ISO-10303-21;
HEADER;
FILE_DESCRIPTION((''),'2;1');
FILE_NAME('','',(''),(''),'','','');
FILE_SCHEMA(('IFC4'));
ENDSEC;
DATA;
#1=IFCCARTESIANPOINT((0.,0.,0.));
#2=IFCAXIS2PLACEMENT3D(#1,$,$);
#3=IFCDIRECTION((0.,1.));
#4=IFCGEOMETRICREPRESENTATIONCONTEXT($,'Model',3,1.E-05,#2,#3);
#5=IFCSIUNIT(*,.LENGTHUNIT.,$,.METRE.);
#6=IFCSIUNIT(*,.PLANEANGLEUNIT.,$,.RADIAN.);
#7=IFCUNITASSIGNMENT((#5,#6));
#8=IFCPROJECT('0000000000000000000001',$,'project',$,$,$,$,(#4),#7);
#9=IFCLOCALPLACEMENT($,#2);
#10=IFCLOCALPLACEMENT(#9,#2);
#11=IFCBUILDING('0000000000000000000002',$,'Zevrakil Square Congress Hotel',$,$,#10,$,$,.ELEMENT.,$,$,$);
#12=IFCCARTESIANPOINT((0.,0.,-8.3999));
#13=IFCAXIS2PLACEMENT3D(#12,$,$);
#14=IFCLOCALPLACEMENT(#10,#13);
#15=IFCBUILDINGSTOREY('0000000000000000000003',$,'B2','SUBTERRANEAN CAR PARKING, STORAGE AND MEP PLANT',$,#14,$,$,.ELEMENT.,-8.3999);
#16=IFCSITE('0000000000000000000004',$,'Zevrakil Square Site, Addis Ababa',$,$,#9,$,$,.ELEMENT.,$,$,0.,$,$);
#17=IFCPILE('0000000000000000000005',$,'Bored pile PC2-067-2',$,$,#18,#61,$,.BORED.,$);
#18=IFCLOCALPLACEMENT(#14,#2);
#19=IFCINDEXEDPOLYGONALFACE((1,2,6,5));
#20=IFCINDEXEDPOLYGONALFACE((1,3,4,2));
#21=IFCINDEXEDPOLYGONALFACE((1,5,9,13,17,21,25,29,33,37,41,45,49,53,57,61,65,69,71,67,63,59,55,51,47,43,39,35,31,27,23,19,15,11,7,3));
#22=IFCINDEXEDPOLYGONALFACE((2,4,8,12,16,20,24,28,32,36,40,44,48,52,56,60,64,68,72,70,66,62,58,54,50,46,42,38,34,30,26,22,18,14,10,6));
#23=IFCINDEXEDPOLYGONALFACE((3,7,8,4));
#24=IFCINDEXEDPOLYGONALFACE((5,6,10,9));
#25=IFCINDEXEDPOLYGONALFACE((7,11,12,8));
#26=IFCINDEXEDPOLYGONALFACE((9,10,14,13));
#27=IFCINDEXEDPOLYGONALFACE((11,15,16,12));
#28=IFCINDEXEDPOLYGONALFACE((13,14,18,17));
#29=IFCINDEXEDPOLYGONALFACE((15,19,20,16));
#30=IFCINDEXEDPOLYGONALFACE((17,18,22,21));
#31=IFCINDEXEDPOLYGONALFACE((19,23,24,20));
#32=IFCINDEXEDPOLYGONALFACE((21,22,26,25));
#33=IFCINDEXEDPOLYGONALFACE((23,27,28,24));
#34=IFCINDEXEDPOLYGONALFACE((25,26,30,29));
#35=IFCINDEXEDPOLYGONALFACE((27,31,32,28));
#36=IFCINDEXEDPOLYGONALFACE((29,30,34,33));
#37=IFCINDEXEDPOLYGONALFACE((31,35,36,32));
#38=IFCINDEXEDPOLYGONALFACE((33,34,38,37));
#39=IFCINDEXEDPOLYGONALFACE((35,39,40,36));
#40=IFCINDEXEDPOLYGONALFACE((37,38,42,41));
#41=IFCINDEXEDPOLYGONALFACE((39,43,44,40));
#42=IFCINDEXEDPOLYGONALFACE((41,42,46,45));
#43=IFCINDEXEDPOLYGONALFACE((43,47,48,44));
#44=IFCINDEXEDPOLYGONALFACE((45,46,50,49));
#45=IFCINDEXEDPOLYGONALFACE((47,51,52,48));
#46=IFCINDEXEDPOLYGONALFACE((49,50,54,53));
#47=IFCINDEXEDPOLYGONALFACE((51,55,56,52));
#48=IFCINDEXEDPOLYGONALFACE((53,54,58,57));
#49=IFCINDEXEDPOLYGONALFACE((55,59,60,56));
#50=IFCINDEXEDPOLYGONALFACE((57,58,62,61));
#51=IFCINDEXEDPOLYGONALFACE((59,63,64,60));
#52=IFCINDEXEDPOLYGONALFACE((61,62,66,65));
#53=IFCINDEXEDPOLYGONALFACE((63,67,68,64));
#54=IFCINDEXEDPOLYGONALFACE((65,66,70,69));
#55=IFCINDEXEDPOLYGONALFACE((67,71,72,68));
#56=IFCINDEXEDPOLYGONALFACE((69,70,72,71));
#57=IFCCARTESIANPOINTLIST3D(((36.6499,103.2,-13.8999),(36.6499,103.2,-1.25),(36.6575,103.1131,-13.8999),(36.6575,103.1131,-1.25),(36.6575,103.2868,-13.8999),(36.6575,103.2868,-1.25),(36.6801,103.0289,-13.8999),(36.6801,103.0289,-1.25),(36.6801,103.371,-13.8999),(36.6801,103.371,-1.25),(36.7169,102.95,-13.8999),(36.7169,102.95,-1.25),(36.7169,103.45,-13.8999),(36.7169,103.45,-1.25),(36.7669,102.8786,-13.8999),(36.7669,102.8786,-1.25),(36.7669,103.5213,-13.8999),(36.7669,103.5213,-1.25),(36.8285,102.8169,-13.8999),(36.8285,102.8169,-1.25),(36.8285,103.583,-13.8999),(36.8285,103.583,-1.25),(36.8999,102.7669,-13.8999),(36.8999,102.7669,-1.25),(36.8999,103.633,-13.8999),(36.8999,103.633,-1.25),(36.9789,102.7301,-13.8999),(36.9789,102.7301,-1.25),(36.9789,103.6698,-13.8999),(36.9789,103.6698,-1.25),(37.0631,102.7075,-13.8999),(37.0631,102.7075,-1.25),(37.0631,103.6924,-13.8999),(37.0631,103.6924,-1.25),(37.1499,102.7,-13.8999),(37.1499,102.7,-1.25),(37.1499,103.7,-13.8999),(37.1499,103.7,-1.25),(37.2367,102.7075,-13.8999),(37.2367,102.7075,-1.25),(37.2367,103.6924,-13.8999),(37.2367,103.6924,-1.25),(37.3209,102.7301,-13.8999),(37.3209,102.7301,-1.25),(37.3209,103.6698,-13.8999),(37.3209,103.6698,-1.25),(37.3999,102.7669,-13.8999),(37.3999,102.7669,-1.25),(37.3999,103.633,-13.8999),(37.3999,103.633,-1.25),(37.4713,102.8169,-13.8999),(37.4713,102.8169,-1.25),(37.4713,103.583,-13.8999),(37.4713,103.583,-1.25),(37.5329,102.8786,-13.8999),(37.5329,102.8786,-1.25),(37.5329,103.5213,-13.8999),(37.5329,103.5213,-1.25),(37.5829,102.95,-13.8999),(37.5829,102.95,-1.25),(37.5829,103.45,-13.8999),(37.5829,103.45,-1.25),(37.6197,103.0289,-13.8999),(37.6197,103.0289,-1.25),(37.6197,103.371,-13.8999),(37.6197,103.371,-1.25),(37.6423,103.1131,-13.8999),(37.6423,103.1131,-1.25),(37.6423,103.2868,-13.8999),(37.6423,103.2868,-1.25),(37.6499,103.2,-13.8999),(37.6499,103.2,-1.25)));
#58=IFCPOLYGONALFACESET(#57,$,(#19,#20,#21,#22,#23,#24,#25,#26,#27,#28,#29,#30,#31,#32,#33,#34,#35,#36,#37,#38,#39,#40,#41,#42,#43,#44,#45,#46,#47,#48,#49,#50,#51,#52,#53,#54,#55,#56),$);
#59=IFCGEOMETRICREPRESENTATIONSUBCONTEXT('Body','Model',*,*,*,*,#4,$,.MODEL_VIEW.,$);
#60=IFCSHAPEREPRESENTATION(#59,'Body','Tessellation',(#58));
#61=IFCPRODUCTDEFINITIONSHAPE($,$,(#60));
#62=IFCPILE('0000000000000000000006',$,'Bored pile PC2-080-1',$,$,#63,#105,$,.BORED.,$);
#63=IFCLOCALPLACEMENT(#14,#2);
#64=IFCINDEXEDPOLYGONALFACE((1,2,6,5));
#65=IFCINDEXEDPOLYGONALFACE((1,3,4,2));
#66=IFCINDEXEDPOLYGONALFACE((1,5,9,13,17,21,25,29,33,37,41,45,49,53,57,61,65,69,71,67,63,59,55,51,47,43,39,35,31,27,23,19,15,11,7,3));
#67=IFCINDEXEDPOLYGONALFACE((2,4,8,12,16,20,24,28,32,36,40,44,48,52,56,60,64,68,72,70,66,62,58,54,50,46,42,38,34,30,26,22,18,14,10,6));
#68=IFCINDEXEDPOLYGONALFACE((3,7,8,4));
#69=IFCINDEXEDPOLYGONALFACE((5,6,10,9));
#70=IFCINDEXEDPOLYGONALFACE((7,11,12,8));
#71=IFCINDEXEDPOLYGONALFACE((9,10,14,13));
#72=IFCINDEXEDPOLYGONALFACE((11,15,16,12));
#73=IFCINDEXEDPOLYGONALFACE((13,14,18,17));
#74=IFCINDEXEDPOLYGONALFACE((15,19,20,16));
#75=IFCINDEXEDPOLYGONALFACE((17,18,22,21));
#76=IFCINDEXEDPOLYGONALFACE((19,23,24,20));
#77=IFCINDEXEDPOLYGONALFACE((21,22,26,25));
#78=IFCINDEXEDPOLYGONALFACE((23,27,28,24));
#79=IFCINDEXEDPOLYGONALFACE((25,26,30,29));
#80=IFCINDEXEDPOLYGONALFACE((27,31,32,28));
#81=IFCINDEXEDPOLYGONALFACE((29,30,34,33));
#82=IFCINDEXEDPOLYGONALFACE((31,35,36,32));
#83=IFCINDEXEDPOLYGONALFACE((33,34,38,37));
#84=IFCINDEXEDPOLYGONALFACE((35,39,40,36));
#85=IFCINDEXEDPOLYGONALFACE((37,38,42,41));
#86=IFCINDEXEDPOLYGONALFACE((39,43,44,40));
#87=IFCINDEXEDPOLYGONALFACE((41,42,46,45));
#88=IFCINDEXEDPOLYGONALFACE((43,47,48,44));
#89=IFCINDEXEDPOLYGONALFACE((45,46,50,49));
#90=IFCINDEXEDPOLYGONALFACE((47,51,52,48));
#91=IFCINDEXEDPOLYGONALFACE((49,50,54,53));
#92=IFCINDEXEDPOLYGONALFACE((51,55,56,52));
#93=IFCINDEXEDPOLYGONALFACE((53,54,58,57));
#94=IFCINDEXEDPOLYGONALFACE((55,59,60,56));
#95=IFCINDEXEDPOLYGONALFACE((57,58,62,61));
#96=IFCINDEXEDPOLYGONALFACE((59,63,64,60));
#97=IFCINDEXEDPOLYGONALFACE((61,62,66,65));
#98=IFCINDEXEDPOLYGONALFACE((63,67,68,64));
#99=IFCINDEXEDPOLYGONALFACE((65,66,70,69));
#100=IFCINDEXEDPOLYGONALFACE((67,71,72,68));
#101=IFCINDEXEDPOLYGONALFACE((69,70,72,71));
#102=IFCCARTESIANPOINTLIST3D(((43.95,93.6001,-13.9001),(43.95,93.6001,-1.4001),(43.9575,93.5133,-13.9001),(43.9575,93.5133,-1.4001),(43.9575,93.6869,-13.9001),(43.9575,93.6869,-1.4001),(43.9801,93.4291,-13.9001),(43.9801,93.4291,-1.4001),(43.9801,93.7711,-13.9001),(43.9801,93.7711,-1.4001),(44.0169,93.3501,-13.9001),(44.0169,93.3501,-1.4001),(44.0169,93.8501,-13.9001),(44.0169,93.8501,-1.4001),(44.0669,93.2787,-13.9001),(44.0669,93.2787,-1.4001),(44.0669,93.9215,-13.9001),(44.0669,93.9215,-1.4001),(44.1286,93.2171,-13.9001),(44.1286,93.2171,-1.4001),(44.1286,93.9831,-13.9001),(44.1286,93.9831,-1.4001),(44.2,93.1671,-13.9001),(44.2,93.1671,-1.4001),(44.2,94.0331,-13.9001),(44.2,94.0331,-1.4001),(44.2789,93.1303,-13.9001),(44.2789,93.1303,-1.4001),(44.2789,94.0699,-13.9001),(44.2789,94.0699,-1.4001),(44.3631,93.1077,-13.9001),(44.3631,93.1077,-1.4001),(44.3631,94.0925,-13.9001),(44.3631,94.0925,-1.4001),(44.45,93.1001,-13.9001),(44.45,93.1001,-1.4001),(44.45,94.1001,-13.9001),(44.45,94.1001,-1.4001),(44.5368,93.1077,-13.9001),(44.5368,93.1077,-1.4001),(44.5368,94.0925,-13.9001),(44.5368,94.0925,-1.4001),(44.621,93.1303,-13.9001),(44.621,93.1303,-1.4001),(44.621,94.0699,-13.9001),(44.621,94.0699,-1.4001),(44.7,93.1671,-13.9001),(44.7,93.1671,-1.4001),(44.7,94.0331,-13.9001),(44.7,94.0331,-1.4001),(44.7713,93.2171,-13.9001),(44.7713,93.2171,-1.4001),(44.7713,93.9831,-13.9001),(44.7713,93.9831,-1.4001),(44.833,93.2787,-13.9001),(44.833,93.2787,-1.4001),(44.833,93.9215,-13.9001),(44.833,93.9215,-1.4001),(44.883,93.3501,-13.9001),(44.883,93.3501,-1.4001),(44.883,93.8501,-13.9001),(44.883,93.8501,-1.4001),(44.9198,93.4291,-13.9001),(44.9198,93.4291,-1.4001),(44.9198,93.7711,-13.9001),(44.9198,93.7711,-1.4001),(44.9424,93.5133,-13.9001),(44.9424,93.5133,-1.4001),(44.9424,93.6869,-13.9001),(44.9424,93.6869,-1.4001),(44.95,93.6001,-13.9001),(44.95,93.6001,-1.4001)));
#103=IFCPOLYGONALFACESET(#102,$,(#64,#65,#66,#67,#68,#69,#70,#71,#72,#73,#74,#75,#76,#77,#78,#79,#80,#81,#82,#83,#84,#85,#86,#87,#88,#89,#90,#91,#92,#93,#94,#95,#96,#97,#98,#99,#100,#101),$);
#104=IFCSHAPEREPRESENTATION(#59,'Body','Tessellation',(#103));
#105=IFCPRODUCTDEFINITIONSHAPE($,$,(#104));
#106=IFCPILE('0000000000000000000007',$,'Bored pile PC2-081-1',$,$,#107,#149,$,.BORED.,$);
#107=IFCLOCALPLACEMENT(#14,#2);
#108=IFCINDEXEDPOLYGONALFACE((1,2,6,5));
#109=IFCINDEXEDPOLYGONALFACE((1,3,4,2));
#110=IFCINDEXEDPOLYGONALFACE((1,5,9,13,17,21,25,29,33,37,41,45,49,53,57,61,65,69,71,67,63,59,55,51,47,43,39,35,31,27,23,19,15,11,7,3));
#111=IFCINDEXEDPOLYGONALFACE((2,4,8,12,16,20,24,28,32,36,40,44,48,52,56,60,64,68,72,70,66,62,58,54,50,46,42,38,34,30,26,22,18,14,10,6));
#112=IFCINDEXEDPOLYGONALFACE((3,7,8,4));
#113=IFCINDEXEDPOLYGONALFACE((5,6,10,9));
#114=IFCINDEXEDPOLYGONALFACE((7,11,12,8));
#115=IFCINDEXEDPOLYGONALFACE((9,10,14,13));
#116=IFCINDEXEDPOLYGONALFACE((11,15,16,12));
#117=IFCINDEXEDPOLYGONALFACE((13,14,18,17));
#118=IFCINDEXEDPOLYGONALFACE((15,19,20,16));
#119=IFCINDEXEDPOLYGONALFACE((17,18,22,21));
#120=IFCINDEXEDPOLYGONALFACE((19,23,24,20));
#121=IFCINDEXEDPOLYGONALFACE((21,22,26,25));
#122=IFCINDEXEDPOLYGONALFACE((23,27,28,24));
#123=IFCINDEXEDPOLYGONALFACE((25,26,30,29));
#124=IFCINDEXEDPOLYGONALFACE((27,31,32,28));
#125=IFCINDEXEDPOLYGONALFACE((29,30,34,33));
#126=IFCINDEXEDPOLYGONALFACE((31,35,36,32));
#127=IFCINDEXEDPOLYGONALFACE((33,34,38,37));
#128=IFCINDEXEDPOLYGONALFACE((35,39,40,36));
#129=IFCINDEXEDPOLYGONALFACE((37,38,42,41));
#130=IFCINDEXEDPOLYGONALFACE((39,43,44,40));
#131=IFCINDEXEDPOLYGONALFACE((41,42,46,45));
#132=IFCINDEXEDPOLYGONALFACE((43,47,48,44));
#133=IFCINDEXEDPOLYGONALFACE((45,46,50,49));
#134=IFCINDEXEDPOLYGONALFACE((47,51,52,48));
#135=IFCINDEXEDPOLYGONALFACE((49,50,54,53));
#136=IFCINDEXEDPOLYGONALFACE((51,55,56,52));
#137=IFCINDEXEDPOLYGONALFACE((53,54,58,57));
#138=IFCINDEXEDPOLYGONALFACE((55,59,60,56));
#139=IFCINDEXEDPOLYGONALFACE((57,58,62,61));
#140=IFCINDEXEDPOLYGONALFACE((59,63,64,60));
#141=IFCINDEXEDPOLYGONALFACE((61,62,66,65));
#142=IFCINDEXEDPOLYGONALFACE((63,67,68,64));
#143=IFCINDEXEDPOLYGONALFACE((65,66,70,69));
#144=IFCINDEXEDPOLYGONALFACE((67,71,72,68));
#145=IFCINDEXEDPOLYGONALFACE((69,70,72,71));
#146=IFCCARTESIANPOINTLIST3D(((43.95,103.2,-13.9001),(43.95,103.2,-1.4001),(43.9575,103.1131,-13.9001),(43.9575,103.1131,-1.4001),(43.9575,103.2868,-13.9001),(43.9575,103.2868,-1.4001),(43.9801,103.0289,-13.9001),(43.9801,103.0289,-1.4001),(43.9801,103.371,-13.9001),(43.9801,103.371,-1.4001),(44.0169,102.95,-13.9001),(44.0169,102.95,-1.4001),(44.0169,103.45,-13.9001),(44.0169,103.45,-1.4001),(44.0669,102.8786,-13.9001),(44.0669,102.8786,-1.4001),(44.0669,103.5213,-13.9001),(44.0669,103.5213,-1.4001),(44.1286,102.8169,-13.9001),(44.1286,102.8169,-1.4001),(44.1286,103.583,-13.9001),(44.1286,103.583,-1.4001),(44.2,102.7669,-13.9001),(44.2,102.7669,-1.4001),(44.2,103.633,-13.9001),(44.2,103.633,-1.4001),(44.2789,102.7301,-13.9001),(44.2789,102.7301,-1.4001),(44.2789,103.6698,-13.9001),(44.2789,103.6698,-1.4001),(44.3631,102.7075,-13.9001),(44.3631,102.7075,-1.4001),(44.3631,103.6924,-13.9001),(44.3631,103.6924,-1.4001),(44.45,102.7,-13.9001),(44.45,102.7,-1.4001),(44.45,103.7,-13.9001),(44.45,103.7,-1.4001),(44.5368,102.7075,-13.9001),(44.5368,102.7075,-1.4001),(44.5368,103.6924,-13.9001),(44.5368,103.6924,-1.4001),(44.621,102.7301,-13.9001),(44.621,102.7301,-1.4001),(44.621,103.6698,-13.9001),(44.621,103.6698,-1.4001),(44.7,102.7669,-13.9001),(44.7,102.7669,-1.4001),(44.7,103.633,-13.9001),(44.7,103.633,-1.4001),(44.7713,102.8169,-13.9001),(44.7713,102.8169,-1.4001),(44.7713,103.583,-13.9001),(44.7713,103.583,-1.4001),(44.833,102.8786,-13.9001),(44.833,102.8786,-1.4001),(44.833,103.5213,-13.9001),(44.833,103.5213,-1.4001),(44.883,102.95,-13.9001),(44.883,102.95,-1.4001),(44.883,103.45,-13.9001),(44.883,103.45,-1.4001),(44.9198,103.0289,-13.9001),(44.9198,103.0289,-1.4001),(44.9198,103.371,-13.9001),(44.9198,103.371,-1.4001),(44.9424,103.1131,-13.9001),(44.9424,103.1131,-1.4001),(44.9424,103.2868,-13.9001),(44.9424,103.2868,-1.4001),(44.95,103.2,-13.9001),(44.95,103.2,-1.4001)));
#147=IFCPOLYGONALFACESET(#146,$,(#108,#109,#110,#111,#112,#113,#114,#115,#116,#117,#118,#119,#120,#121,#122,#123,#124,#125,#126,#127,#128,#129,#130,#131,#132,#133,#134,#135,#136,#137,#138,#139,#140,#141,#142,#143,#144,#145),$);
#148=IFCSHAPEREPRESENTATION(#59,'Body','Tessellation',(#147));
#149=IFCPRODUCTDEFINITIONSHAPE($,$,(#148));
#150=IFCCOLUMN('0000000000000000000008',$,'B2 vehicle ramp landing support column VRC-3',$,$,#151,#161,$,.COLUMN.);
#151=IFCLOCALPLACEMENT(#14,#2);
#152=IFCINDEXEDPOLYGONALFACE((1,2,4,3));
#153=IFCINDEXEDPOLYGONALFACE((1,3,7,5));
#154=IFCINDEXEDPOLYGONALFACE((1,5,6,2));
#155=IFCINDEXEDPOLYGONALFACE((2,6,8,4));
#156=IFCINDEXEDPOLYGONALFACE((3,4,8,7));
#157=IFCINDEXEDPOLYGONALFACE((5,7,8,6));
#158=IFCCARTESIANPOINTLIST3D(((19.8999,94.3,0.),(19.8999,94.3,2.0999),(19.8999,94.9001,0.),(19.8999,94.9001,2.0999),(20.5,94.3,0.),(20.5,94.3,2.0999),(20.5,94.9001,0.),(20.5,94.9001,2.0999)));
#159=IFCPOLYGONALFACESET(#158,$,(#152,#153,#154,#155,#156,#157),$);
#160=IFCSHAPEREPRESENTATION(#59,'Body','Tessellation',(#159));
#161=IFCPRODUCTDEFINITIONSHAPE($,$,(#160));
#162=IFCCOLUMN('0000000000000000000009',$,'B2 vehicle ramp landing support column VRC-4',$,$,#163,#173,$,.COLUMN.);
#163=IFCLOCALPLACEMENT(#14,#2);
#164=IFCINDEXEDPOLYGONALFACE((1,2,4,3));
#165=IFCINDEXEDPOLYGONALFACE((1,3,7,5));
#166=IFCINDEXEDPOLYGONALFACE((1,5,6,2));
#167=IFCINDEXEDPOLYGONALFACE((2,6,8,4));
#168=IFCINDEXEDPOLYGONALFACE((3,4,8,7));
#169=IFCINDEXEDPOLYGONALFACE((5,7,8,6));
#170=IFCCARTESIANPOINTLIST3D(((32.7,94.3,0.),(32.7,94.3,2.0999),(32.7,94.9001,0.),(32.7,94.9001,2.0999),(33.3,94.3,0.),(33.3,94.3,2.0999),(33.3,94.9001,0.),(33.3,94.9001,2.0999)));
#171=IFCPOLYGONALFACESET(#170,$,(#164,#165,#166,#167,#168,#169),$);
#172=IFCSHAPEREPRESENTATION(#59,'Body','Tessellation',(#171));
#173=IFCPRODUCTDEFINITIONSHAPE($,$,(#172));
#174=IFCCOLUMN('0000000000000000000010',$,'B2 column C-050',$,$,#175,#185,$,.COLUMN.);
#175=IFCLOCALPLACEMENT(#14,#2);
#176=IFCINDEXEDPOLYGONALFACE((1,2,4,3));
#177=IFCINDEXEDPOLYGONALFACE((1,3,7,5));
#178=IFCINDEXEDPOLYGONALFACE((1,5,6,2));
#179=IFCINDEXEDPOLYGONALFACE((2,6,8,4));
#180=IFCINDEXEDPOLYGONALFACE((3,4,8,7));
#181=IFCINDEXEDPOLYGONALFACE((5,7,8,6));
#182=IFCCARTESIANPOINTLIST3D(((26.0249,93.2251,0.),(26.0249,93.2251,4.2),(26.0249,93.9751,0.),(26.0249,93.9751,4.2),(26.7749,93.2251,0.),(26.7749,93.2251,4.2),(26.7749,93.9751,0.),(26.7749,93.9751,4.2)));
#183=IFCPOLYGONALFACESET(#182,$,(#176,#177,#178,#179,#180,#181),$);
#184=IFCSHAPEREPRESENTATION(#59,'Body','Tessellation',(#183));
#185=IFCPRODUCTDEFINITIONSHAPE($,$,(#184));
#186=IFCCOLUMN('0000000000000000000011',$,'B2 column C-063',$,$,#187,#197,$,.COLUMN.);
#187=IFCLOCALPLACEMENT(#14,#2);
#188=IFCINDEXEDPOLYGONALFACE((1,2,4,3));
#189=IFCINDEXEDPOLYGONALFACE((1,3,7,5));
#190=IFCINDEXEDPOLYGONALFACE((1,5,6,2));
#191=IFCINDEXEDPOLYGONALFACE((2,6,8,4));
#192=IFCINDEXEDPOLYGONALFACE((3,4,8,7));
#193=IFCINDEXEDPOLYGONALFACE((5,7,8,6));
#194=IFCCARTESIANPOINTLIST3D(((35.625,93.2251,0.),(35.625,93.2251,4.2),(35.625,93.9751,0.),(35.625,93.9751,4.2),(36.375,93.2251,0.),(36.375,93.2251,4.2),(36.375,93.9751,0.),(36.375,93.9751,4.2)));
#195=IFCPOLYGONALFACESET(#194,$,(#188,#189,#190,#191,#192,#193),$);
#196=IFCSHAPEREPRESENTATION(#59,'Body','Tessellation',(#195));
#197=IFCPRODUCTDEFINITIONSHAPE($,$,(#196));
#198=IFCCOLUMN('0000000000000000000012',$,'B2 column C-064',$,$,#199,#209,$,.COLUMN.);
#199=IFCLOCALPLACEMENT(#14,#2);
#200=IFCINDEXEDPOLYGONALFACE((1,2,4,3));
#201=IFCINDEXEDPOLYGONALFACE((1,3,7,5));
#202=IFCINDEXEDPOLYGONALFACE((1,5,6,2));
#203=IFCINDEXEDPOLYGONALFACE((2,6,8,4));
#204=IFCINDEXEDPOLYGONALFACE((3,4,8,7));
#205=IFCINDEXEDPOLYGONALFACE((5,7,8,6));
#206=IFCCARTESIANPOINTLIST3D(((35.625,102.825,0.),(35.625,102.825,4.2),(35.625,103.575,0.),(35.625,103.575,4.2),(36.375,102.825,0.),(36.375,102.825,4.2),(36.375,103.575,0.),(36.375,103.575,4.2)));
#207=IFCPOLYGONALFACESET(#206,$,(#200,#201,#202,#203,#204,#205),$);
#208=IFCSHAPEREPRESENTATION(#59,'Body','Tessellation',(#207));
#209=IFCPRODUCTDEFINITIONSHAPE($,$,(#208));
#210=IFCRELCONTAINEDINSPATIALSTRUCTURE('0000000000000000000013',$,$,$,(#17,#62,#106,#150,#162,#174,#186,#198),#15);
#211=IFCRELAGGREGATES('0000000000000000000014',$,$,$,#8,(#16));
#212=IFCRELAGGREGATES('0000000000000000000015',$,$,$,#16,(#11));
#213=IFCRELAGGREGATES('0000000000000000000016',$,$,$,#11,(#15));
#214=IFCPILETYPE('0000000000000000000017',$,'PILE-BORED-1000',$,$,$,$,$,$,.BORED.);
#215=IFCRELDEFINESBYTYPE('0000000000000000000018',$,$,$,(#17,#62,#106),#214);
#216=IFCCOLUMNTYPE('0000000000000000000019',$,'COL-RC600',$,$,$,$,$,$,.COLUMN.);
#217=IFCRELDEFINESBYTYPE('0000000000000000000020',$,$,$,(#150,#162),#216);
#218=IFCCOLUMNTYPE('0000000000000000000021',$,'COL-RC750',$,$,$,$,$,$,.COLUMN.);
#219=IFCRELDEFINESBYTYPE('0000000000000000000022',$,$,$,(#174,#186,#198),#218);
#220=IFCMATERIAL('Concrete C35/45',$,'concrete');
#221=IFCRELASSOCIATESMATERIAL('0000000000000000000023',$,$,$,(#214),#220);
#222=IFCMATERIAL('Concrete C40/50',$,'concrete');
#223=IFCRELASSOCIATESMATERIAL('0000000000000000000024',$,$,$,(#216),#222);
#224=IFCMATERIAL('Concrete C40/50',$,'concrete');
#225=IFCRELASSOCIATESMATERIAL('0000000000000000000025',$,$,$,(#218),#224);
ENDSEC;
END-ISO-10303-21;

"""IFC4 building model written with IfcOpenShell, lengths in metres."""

from ifc_helpers import new_model, si_unit, direction, frame, origin, origin_2d, place, context, subcontext, project, spatial, rectangle, circle, extrude, material, material_profile, profile_set, type_object, element, save


model = new_model("IFC4")

# Units and contexts
model_context = context("Model", 3, precision=1e-05, world=origin(), true_north=direction((0.0, 1.0)))
body_context = subcontext(model_context, "Body", "Model", "MODEL_VIEW")
ifc_project = project(units=[si_unit("LENGTHUNIT", "METRE"), si_unit("PLANEANGLEUNIT", "RADIAN")], contexts=[model_context])

# Site, building, storey
site_placement = place(None, origin())
site = spatial("IfcSite", under=ifc_project, at=site_placement, Name="Zevrakil Square Site, Addis Ababa", CompositionType="ELEMENT", RefElevation=0.0)
building_placement = place(site_placement, origin())
building = spatial("IfcBuilding", under=site, at=building_placement, Name="Zevrakil Square Congress Hotel", CompositionType="ELEMENT")
storey_placement = place(building_placement, frame((0.0, 0.0, -8.3999)))
storey = spatial("IfcBuildingStorey", under=building, at=storey_placement, Name="B2", Description="SUBTERRANEAN CAR PARKING, STORAGE AND MEP PLANT", CompositionType="ELEMENT", Elevation=-8.3999)

# Piles
ifc_material_1 = material(Name="Concrete C35/45", Category="concrete")
ifc_material_profile_1 = material_profile(ifc_material_1, circle(Radius=0.5, at=origin_2d()), Name="PILE D1000")
ifc_profile_set_1 = profile_set([ifc_material_profile_1], Name="Concrete C35/45")
pile_type = type_object("IfcPileType", Name="PILE-BORED-1000", PredefinedType="BORED", material=ifc_profile_set_1)
for number, where, z_axis, x_axis, name in (
    (1, (37.1499, 103.2, -1.25), (0.0, 0.0, -1.0), (1.0, 0.0, 0.0), "Bored pile PC2-067-2"),
):
    element("IfcPile", number, at=place(storey_placement, frame(where, z_axis=z_axis, x_axis=x_axis)), inside=storey, type_object=pile_type, Name=name, PredefinedType="BORED", context=body_context, shape_type="SweptSolid", body=[
        extrude(circle(Radius=0.5, at=origin_2d()), origin(), (0.0, 0.0, 1.0), 12.6499),
    ])
for number, where, z_axis, x_axis, name in (
    (2, (44.45, 93.6001, -1.4001), (0.0, 0.0, -1.0), (1.0, 0.0, 0.0), "Bored pile PC2-080-1"),
    (3, (44.45, 103.2, -1.4001), (0.0, 0.0, -1.0), (1.0, 0.0, 0.0), "Bored pile PC2-081-1"),
):
    element("IfcPile", number, at=place(storey_placement, frame(where, z_axis=z_axis, x_axis=x_axis)), inside=storey, type_object=pile_type, Name=name, PredefinedType="BORED", context=body_context, shape_type="SweptSolid", body=[
        extrude(circle(Radius=0.5, at=origin_2d()), origin(), (0.0, 0.0, 1.0), 12.5),
    ])

# Columns
ifc_material_2 = material(Name="Concrete C40/50", Category="concrete")
ifc_material_profile_2 = material_profile(ifc_material_2, rectangle(XDim=0.6001, YDim=0.6001, at=origin_2d()), Name="RC 600x600")
ifc_profile_set_2 = profile_set([ifc_material_profile_2], Name="Concrete C40/50")
column_type_1 = type_object("IfcColumnType", Name="COL-RC600", PredefinedType="COLUMN", material=ifc_profile_set_2)
for number, where, z_axis, x_axis, name in (
    (4, (20.2, 94.6001, 0.0), (0.0, 0.0, 1.0), (1.0, 0.0, 0.0), "B2 vehicle ramp landing support column VRC-3"),
    (5, (33.0, 94.6001, 0.0), (0.0, 0.0, 1.0), (1.0, 0.0, 0.0), "B2 vehicle ramp landing support column VRC-4"),
):
    element("IfcColumn", number, at=place(storey_placement, frame(where, z_axis=z_axis, x_axis=x_axis)), inside=storey, type_object=column_type_1, Name=name, PredefinedType="COLUMN", context=body_context, shape_type="SweptSolid", body=[
        extrude(rectangle(XDim=0.6001, YDim=0.6001, at=origin_2d()), origin(), (0.0, 0.0, 1.0), 2.0999),
    ])
ifc_material_3 = material(Name="Concrete C40/50", Category="concrete")
ifc_material_profile_3 = material_profile(ifc_material_3, rectangle(XDim=0.75, YDim=0.75, at=origin_2d()), Name="RC 750x750")
ifc_profile_set_3 = profile_set([ifc_material_profile_3], Name="Concrete C40/50")
column_type_2 = type_object("IfcColumnType", Name="COL-RC750", PredefinedType="COLUMN", material=ifc_profile_set_3)
for number, where, z_axis, x_axis, name in (
    (6, (26.3999, 93.6001, 0.0), (0.0, 0.0, 1.0), (1.0, 0.0, 0.0), "B2 column C-050"),
    (7, (36.0, 93.6001, 0.0), (0.0, 0.0, 1.0), (1.0, 0.0, 0.0), "B2 column C-063"),
    (8, (36.0, 103.2, 0.0), (0.0, 0.0, 1.0), (1.0, 0.0, 0.0), "B2 column C-064"),
):
    element("IfcColumn", number, at=place(storey_placement, frame(where, z_axis=z_axis, x_axis=x_axis)), inside=storey, type_object=column_type_2, Name=name, PredefinedType="COLUMN", context=body_context, shape_type="SweptSolid", body=[
        extrude(rectangle(XDim=0.75, YDim=0.75, at=origin_2d()), origin(), (0.0, 0.0, 1.0), 4.2),
    ])

save(model, "model.ifc")
